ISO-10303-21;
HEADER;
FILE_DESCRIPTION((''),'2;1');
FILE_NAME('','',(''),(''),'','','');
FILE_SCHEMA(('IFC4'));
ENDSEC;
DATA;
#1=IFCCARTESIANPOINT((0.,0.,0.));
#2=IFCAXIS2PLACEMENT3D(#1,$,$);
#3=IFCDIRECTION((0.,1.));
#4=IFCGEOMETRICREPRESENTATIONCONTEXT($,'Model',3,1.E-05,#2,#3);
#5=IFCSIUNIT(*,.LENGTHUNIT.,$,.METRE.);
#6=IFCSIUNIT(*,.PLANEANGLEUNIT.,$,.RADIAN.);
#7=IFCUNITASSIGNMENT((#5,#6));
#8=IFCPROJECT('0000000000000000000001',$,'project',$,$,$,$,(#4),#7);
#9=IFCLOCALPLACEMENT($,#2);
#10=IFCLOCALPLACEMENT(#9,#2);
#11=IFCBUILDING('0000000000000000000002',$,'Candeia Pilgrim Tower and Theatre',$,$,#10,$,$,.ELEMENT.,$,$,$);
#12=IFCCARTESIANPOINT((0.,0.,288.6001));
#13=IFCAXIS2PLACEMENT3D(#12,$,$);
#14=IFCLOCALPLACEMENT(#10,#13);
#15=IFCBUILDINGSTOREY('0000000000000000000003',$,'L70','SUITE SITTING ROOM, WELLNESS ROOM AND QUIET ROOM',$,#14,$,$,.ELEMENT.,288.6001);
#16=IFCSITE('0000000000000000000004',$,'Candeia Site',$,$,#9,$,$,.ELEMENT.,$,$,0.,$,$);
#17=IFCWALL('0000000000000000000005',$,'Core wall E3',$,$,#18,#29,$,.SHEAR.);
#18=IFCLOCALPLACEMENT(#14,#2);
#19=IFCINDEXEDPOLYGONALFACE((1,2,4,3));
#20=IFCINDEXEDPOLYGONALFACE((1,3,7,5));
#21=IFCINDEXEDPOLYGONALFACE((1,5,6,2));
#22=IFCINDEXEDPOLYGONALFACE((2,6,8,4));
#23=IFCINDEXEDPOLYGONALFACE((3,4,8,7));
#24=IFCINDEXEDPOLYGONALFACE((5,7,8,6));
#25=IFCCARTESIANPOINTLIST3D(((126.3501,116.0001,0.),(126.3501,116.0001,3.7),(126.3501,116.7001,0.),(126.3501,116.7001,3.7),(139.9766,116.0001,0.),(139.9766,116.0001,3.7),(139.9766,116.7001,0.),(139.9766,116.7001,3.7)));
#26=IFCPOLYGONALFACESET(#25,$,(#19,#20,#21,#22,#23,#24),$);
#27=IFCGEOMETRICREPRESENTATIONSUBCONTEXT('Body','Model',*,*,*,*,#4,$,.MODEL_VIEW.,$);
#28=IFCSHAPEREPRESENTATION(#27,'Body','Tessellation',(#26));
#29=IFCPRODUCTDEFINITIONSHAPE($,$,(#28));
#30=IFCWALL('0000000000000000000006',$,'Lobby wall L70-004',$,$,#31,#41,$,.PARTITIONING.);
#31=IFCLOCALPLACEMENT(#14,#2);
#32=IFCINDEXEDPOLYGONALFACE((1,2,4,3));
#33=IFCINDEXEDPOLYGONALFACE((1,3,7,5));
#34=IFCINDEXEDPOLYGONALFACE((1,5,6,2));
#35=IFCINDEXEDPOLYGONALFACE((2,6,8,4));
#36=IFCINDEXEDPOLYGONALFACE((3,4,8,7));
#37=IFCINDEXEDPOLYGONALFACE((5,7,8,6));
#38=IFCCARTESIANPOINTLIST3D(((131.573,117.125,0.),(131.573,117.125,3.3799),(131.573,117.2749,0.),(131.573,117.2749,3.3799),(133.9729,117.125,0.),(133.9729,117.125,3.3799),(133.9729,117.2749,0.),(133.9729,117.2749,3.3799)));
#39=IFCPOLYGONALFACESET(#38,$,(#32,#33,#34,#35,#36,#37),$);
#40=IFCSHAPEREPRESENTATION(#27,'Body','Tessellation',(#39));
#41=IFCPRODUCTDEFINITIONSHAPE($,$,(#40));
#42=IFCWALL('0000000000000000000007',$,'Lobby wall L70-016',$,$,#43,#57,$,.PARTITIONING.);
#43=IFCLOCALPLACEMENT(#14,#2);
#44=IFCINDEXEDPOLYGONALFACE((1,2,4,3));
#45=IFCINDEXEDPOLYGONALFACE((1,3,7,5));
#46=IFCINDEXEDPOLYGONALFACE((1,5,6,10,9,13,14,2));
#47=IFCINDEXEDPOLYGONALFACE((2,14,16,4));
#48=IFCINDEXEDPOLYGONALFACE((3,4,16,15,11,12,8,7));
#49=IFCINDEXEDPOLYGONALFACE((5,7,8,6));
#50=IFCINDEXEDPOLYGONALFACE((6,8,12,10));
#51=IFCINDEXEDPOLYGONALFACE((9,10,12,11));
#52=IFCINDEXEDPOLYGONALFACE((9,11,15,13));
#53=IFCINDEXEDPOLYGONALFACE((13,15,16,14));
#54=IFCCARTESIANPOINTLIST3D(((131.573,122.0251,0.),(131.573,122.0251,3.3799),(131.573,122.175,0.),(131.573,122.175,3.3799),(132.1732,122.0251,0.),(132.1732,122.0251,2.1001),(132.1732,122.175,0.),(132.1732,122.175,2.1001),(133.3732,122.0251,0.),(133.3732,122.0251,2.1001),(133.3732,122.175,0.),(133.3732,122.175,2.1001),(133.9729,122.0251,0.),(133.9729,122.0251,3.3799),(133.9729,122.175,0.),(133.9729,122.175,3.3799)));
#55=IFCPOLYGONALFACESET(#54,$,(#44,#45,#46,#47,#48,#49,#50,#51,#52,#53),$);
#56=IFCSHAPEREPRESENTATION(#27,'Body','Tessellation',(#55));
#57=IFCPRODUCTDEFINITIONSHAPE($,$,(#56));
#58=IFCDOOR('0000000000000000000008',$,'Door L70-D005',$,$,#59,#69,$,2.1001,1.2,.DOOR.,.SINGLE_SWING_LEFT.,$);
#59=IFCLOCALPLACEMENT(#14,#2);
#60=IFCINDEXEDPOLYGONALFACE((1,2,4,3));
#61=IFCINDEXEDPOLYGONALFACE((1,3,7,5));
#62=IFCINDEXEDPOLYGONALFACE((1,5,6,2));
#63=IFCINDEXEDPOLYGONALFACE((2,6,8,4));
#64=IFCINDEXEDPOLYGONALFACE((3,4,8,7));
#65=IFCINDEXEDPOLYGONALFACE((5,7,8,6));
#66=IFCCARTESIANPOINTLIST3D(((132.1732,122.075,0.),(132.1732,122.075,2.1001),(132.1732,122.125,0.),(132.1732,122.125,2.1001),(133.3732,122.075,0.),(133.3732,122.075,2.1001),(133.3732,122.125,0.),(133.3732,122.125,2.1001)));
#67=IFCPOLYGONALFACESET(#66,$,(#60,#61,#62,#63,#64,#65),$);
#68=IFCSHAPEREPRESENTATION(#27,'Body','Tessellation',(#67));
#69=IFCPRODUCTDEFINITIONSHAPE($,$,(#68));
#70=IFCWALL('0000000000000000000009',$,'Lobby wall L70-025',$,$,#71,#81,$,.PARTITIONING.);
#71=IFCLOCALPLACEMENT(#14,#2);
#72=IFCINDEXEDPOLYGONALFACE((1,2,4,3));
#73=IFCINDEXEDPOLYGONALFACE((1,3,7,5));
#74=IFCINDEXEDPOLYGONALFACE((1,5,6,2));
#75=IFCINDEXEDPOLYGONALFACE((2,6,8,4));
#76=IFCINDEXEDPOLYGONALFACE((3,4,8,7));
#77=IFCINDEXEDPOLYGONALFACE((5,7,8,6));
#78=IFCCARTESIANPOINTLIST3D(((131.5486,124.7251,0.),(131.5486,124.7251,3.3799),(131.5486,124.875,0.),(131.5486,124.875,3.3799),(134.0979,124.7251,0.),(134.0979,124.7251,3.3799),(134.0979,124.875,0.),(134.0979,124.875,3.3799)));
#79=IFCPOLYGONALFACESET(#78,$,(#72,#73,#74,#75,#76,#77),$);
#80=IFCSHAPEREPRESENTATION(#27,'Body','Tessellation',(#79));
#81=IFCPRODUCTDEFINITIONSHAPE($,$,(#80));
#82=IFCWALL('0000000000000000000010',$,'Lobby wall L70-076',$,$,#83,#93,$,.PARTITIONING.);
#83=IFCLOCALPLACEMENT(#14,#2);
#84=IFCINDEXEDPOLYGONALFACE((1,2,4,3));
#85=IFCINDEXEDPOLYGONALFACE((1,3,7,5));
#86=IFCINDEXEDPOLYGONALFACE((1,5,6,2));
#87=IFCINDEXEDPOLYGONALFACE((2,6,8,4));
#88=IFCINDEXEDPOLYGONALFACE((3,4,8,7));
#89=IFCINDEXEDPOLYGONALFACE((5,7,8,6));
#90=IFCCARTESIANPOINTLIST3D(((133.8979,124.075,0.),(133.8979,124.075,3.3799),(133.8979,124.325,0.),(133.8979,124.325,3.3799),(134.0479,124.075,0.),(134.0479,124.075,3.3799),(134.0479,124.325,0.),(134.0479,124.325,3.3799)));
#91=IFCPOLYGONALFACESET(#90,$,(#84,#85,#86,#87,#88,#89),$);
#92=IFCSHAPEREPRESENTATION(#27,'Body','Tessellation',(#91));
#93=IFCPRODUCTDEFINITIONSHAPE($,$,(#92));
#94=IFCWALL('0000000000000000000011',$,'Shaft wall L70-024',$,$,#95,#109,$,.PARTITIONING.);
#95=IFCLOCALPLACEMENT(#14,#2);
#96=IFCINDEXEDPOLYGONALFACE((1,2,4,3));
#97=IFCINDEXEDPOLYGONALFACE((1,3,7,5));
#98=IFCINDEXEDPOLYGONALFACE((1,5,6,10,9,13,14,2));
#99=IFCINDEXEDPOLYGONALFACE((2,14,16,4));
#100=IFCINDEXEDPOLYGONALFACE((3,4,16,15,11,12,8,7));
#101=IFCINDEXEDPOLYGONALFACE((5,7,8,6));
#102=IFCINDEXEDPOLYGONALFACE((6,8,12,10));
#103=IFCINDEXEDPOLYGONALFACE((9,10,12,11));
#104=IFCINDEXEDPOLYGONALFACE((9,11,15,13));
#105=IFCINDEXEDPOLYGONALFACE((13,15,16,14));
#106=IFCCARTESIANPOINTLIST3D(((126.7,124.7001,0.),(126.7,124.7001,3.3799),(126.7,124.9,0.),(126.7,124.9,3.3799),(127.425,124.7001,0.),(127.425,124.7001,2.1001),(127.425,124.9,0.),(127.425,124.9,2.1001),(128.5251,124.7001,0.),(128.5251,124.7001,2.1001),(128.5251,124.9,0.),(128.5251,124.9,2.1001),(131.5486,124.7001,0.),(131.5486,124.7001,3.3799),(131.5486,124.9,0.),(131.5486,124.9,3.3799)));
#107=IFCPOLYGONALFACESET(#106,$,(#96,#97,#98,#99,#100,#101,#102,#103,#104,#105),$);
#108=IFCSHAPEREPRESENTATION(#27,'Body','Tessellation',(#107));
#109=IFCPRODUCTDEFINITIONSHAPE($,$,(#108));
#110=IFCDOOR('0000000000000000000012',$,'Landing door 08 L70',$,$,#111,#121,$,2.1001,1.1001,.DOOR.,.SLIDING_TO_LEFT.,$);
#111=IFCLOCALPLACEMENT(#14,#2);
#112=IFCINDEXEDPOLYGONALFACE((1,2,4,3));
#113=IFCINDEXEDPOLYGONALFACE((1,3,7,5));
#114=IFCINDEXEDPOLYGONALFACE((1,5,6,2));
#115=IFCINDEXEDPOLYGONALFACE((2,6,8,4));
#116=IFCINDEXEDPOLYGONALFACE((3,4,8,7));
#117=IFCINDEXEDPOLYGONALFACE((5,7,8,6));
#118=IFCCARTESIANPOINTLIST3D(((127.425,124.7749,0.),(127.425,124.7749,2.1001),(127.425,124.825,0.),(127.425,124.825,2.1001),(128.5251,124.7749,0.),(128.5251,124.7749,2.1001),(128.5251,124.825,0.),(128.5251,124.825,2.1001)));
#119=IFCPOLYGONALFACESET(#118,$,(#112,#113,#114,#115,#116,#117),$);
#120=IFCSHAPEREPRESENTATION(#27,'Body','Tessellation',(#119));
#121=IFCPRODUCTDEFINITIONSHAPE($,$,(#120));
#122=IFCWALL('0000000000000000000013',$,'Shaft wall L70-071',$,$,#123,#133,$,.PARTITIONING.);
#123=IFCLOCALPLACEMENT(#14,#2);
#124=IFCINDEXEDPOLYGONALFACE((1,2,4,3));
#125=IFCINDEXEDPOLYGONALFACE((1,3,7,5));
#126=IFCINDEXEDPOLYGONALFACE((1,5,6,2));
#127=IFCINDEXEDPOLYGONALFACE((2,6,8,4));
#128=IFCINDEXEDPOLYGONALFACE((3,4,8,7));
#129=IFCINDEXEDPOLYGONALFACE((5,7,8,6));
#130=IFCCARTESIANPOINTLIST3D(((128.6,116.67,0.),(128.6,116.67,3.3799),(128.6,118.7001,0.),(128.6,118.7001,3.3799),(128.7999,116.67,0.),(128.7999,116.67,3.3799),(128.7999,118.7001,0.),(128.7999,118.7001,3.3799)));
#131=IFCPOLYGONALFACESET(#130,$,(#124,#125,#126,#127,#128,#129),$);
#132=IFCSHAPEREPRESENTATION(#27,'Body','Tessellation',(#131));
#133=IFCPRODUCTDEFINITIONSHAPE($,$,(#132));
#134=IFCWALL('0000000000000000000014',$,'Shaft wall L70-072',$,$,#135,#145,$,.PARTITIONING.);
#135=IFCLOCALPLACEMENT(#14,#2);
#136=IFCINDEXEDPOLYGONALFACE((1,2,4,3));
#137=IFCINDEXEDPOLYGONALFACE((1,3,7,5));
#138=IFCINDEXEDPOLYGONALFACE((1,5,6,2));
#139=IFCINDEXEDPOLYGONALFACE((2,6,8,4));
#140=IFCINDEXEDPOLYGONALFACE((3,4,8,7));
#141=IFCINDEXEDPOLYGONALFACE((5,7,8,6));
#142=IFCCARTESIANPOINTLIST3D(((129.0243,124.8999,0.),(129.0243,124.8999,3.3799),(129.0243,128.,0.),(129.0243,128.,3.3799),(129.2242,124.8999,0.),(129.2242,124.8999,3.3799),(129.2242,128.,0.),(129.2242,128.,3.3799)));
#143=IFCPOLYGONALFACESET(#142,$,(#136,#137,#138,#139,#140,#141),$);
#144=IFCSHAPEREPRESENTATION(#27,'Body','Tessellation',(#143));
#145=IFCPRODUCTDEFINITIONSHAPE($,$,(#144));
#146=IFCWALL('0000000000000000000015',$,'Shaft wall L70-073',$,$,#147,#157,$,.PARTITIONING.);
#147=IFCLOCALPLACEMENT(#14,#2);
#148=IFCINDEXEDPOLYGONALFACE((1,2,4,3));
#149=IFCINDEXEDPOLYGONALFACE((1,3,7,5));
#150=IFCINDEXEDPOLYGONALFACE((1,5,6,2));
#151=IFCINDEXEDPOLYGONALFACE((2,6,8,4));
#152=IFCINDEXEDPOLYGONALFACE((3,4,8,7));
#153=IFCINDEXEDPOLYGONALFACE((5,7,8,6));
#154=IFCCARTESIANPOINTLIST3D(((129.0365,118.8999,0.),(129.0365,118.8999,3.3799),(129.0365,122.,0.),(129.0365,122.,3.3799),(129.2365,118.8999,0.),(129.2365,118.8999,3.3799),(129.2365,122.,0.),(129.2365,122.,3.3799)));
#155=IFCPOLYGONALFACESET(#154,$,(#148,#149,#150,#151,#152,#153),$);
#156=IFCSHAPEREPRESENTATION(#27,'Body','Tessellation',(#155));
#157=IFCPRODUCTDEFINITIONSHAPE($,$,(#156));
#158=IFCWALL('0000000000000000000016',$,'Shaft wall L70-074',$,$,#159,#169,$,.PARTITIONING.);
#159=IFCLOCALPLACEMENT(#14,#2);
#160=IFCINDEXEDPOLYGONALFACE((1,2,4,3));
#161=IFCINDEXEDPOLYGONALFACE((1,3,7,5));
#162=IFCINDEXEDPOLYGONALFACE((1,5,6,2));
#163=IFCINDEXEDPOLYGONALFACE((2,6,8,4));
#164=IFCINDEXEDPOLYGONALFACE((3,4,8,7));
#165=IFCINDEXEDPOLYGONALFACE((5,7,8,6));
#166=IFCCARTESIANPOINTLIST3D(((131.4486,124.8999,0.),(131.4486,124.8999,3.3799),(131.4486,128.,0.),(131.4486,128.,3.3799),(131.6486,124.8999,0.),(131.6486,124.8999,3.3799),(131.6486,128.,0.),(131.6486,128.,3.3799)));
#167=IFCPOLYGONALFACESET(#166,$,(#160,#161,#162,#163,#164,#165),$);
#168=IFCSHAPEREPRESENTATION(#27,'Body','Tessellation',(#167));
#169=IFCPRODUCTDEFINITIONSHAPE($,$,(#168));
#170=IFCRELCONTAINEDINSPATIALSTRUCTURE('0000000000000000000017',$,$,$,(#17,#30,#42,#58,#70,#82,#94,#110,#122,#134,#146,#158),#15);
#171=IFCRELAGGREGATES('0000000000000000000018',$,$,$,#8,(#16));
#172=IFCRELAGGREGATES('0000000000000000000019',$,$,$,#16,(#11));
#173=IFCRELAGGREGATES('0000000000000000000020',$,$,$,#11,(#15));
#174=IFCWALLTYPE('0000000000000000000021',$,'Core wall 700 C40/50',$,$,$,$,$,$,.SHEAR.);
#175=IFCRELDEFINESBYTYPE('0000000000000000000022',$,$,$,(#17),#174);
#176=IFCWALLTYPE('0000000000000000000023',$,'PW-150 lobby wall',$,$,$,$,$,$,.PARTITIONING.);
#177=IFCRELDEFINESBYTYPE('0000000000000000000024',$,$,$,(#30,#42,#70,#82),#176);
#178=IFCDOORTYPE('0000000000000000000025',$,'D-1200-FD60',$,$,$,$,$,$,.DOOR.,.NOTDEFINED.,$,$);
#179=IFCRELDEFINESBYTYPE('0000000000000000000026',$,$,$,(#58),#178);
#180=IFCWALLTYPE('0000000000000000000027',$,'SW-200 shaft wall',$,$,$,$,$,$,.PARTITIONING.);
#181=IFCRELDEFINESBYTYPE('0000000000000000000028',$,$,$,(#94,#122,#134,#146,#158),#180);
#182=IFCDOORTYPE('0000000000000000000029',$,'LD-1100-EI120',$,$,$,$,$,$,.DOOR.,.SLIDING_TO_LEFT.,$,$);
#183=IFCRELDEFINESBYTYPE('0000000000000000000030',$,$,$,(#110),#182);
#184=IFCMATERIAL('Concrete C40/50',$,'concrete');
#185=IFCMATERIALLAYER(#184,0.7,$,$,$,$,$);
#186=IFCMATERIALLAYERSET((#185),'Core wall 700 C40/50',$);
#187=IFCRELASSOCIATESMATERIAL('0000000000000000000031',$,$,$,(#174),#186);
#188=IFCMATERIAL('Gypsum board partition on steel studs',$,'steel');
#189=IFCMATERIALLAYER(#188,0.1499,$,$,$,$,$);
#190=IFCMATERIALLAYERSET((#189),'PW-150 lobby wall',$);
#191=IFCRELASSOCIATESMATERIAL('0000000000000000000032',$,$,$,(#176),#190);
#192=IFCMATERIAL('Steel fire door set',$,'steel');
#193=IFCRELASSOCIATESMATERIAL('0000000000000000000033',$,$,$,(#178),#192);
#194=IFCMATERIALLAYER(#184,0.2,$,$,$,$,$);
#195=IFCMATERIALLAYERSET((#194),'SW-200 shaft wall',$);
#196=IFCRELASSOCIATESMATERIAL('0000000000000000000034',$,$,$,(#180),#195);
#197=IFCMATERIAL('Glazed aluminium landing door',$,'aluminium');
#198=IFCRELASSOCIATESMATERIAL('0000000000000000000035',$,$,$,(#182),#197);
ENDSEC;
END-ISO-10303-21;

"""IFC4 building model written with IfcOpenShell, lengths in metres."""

from ifc_helpers import new_model, si_unit, direction, frame, frame_2d, origin, place, context, subcontext, project, spatial, rectangle, extrude, material, layer, layer_set, type_object, element, fill, save


model = new_model("IFC4")

# Units and contexts
model_context = context("Model", 3, precision=1e-05, world=origin(), true_north=direction((0.0, 1.0)))
body_context = subcontext(model_context, "Body", "Model", "MODEL_VIEW")
ifc_project = project(units=[si_unit("LENGTHUNIT", "METRE"), si_unit("PLANEANGLEUNIT", "RADIAN")], contexts=[model_context])

# Site, building, storey
site_placement = place(None, origin())
site = spatial("IfcSite", under=ifc_project, at=site_placement, Name="Candeia Site", CompositionType="ELEMENT", RefElevation=0.0)
building_placement = place(site_placement, origin())
building = spatial("IfcBuilding", under=site, at=building_placement, Name="Candeia Pilgrim Tower and Theatre", CompositionType="ELEMENT")
storey_placement = place(building_placement, frame((0.0, 0.0, 288.6001)))
storey = spatial("IfcBuildingStorey", under=building, at=storey_placement, Name="L70", Description="SUITE SITTING ROOM, WELLNESS ROOM AND QUIET ROOM", CompositionType="ELEMENT", Elevation=288.6001)

# Walls
ifc_material_1 = material(Name="Concrete C40/50", Category="concrete")
ifc_layer_1 = layer(ifc_material_1, 0.7)
ifc_layer_set_1 = layer_set([ifc_layer_1], Name="Core wall 700 C40/50")
wall_type_1 = type_object("IfcWallType", Name="Core wall 700 C40/50", PredefinedType="SHEAR", material=ifc_layer_set_1)
wall_1_placement = place(storey_placement, frame((139.9766, 116.3501, 0.0), z_axis=(0.0, 0.0, 1.0), x_axis=(-1.0, 0.0, 0.0)))
element("IfcWall", 1, at=wall_1_placement, inside=storey, type_object=wall_type_1, Name="Core wall E3", PredefinedType="SHEAR", context=body_context, shape_type="SweptSolid", body=[
    extrude(rectangle(XDim=13.6265, YDim=0.7, at=frame_2d((6.8132, 0.0))), origin(), (0.0, 0.0, 1.0), 3.7),
])
ifc_material_2 = material(Name="Gypsum board partition on steel studs", Category="steel")
ifc_layer_2 = layer(ifc_material_2, 0.1499)
ifc_layer_set_2 = layer_set([ifc_layer_2], Name="PW-150 lobby wall")
wall_type_2 = type_object("IfcWallType", Name="PW-150 lobby wall", PredefinedType="PARTITIONING", material=ifc_layer_set_2)
wall_2_placement = place(storey_placement, frame((131.573, 117.2, 0.0), z_axis=(0.0, 0.0, 1.0), x_axis=(1.0, 0.0, 0.0)))
element("IfcWall", 2, at=wall_2_placement, inside=storey, type_object=wall_type_2, Name="Lobby wall L70-004", PredefinedType="PARTITIONING", context=body_context, shape_type="SweptSolid", body=[
    extrude(rectangle(XDim=2.3999, YDim=0.1499, at=frame_2d((1.2, 0.0))), origin(), (0.0, 0.0, 1.0), 3.3799),
])

# Wall, opening, door
wall_3_placement = place(storey_placement, frame((131.573, 122.1001, 0.0), z_axis=(0.0, 0.0, 1.0), x_axis=(1.0, 0.0, 0.0)))
wall_3 = element("IfcWall", 3, at=wall_3_placement, inside=storey, type_object=wall_type_2, Name="Lobby wall L70-016", PredefinedType="PARTITIONING", context=body_context, shape_type="SweptSolid", body=[
    extrude(rectangle(XDim=2.3999, YDim=0.1499, at=frame_2d((1.2, 0.0))), origin(), (0.0, 0.0, 1.0), 3.3799),
])
opening_1_placement = place(wall_3_placement, frame((0.6001, 0.0, 0.0)))
opening_1 = element("IfcOpeningElement", 4, at=opening_1_placement, cuts=wall_3, PredefinedType="OPENING", context=body_context, shape_type="SweptSolid", body=[
    extrude(rectangle(XDim=1.2, YDim=2.1001, at=frame_2d((0.6001, 1.05))), frame((0.0, 0.085, 0.0), z_axis=(0.0, -1.0, 0.0), x_axis=(1.0, 0.0, 0.0)), (0.0, 0.0, 1.0), 0.1699),
])
ifc_material_3 = material(Name="Steel fire door set", Category="steel")
door_type_1 = type_object("IfcDoorType", Name="D-1200-FD60", OperationType="NOTDEFINED", PredefinedType="DOOR", material=ifc_material_3)
door_1_placement = place(opening_1_placement, origin())
door_1 = element("IfcDoor", 5, at=door_1_placement, inside=storey, type_object=door_type_1, Name="Door L70-D005", OperationType="SINGLE_SWING_LEFT", OverallHeight=2.1001, OverallWidth=1.2, PredefinedType="DOOR", context=body_context, shape_type="SweptSolid", body=[
    extrude(rectangle(XDim=1.2, YDim=2.1001, at=frame_2d((0.6001, 1.05))), frame((0.0, 0.0249, 0.0), z_axis=(0.0, -1.0, 0.0), x_axis=(1.0, 0.0, 0.0)), (0.0, 0.0, 1.0), 0.05),
])
fill(opening_1, door_1)

# Walls
wall_4_placement = place(storey_placement, frame((131.5486, 124.8, 0.0), z_axis=(0.0, 0.0, 1.0), x_axis=(1.0, 0.0, 0.0)))
element("IfcWall", 6, at=wall_4_placement, inside=storey, type_object=wall_type_2, Name="Lobby wall L70-025", PredefinedType="PARTITIONING", context=body_context, shape_type="SweptSolid", body=[
    extrude(rectangle(XDim=2.5493, YDim=0.1499, at=frame_2d((1.2747, 0.0))), origin(), (0.0, 0.0, 1.0), 3.3799),
])
wall_5_placement = place(storey_placement, frame((133.9729, 124.075, 0.0), z_axis=(0.0, 0.0, 1.0), x_axis=(0.0, 1.0, 0.0)))
element("IfcWall", 7, at=wall_5_placement, inside=storey, type_object=wall_type_2, Name="Lobby wall L70-076", PredefinedType="PARTITIONING", context=body_context, shape_type="SweptSolid", body=[
    extrude(rectangle(XDim=0.25, YDim=0.1499, at=frame_2d((0.125, 0.0))), origin(), (0.0, 0.0, 1.0), 3.3799),
])

# Wall, opening, door
ifc_layer_3 = layer(ifc_material_1, 0.2)
ifc_layer_set_3 = layer_set([ifc_layer_3], Name="SW-200 shaft wall")
wall_type_3 = type_object("IfcWallType", Name="SW-200 shaft wall", PredefinedType="PARTITIONING", material=ifc_layer_set_3)
wall_6_placement = place(storey_placement, frame((126.7, 124.8, 0.0), z_axis=(0.0, 0.0, 1.0), x_axis=(1.0, 0.0, 0.0)))
wall_6 = element("IfcWall", 8, at=wall_6_placement, inside=storey, type_object=wall_type_3, Name="Shaft wall L70-024", PredefinedType="PARTITIONING", context=body_context, shape_type="SweptSolid", body=[
    extrude(rectangle(XDim=4.8486, YDim=0.2, at=frame_2d((2.4243, 0.0))), origin(), (0.0, 0.0, 1.0), 3.3799),
])
opening_2_placement = place(wall_6_placement, frame((0.7251, 0.0, 0.0)))
opening_2 = element("IfcOpeningElement", 9, at=opening_2_placement, cuts=wall_6, PredefinedType="OPENING", context=body_context, shape_type="SweptSolid", body=[
    extrude(rectangle(XDim=1.1001, YDim=2.1001, at=frame_2d((0.55, 1.05))), frame((0.0, 0.1099, 0.0), z_axis=(0.0, -1.0, 0.0), x_axis=(1.0, 0.0, 0.0)), (0.0, 0.0, 1.0), 0.22),
])
ifc_material_4 = material(Name="Glazed aluminium landing door", Category="aluminium")
door_type_2 = type_object("IfcDoorType", Name="LD-1100-EI120", OperationType="SLIDING_TO_LEFT", PredefinedType="DOOR", material=ifc_material_4)
door_2_placement = place(opening_2_placement, origin())
door_2 = element("IfcDoor", 10, at=door_2_placement, inside=storey, type_object=door_type_2, Name="Landing door 08 L70", OperationType="SLIDING_TO_LEFT", OverallHeight=2.1001, OverallWidth=1.1001, PredefinedType="DOOR", context=body_context, shape_type="SweptSolid", body=[
    extrude(rectangle(XDim=1.1001, YDim=2.1001, at=frame_2d((0.55, 1.05))), frame((0.0, 0.0249, 0.0), z_axis=(0.0, -1.0, 0.0), x_axis=(1.0, 0.0, 0.0)), (0.0, 0.0, 1.0), 0.05),
])
fill(opening_2, door_2)

# Walls
wall_7_placement = place(storey_placement, frame((128.7, 116.6699, 0.0), z_axis=(0.0, 0.0, 1.0), x_axis=(0.0, 1.0, 0.0)))
element("IfcWall", 11, at=wall_7_placement, inside=storey, type_object=wall_type_3, Name="Shaft wall L70-071", PredefinedType="PARTITIONING", context=body_context, shape_type="SweptSolid", body=[
    extrude(rectangle(XDim=2.03, YDim=0.2, at=frame_2d((1.0151, 0.0))), origin(), (0.0, 0.0, 1.0), 3.3799),
])
for number, where, z_axis, x_axis, name in (
    (12, (129.1243, 124.8999, 0.0), (0.0, 0.0, 1.0), (0.0, 1.0, 0.0), "Shaft wall L70-072"),
    (13, (129.1365, 118.8999, 0.0), (0.0, 0.0, 1.0), (0.0, 1.0, 0.0), "Shaft wall L70-073"),
    (14, (131.5486, 124.8999, 0.0), (0.0, 0.0, 1.0), (0.0, 1.0, 0.0), "Shaft wall L70-074"),
):
    element("IfcWall", number, at=place(storey_placement, frame(where, z_axis=z_axis, x_axis=x_axis)), inside=storey, type_object=wall_type_3, Name=name, PredefinedType="PARTITIONING", context=body_context, shape_type="SweptSolid", body=[
        extrude(rectangle(XDim=3.1001, YDim=0.2, at=frame_2d((1.55, 0.0))), origin(), (0.0, 0.0, 1.0), 3.3799),
    ])

save(model, "model.ifc")
